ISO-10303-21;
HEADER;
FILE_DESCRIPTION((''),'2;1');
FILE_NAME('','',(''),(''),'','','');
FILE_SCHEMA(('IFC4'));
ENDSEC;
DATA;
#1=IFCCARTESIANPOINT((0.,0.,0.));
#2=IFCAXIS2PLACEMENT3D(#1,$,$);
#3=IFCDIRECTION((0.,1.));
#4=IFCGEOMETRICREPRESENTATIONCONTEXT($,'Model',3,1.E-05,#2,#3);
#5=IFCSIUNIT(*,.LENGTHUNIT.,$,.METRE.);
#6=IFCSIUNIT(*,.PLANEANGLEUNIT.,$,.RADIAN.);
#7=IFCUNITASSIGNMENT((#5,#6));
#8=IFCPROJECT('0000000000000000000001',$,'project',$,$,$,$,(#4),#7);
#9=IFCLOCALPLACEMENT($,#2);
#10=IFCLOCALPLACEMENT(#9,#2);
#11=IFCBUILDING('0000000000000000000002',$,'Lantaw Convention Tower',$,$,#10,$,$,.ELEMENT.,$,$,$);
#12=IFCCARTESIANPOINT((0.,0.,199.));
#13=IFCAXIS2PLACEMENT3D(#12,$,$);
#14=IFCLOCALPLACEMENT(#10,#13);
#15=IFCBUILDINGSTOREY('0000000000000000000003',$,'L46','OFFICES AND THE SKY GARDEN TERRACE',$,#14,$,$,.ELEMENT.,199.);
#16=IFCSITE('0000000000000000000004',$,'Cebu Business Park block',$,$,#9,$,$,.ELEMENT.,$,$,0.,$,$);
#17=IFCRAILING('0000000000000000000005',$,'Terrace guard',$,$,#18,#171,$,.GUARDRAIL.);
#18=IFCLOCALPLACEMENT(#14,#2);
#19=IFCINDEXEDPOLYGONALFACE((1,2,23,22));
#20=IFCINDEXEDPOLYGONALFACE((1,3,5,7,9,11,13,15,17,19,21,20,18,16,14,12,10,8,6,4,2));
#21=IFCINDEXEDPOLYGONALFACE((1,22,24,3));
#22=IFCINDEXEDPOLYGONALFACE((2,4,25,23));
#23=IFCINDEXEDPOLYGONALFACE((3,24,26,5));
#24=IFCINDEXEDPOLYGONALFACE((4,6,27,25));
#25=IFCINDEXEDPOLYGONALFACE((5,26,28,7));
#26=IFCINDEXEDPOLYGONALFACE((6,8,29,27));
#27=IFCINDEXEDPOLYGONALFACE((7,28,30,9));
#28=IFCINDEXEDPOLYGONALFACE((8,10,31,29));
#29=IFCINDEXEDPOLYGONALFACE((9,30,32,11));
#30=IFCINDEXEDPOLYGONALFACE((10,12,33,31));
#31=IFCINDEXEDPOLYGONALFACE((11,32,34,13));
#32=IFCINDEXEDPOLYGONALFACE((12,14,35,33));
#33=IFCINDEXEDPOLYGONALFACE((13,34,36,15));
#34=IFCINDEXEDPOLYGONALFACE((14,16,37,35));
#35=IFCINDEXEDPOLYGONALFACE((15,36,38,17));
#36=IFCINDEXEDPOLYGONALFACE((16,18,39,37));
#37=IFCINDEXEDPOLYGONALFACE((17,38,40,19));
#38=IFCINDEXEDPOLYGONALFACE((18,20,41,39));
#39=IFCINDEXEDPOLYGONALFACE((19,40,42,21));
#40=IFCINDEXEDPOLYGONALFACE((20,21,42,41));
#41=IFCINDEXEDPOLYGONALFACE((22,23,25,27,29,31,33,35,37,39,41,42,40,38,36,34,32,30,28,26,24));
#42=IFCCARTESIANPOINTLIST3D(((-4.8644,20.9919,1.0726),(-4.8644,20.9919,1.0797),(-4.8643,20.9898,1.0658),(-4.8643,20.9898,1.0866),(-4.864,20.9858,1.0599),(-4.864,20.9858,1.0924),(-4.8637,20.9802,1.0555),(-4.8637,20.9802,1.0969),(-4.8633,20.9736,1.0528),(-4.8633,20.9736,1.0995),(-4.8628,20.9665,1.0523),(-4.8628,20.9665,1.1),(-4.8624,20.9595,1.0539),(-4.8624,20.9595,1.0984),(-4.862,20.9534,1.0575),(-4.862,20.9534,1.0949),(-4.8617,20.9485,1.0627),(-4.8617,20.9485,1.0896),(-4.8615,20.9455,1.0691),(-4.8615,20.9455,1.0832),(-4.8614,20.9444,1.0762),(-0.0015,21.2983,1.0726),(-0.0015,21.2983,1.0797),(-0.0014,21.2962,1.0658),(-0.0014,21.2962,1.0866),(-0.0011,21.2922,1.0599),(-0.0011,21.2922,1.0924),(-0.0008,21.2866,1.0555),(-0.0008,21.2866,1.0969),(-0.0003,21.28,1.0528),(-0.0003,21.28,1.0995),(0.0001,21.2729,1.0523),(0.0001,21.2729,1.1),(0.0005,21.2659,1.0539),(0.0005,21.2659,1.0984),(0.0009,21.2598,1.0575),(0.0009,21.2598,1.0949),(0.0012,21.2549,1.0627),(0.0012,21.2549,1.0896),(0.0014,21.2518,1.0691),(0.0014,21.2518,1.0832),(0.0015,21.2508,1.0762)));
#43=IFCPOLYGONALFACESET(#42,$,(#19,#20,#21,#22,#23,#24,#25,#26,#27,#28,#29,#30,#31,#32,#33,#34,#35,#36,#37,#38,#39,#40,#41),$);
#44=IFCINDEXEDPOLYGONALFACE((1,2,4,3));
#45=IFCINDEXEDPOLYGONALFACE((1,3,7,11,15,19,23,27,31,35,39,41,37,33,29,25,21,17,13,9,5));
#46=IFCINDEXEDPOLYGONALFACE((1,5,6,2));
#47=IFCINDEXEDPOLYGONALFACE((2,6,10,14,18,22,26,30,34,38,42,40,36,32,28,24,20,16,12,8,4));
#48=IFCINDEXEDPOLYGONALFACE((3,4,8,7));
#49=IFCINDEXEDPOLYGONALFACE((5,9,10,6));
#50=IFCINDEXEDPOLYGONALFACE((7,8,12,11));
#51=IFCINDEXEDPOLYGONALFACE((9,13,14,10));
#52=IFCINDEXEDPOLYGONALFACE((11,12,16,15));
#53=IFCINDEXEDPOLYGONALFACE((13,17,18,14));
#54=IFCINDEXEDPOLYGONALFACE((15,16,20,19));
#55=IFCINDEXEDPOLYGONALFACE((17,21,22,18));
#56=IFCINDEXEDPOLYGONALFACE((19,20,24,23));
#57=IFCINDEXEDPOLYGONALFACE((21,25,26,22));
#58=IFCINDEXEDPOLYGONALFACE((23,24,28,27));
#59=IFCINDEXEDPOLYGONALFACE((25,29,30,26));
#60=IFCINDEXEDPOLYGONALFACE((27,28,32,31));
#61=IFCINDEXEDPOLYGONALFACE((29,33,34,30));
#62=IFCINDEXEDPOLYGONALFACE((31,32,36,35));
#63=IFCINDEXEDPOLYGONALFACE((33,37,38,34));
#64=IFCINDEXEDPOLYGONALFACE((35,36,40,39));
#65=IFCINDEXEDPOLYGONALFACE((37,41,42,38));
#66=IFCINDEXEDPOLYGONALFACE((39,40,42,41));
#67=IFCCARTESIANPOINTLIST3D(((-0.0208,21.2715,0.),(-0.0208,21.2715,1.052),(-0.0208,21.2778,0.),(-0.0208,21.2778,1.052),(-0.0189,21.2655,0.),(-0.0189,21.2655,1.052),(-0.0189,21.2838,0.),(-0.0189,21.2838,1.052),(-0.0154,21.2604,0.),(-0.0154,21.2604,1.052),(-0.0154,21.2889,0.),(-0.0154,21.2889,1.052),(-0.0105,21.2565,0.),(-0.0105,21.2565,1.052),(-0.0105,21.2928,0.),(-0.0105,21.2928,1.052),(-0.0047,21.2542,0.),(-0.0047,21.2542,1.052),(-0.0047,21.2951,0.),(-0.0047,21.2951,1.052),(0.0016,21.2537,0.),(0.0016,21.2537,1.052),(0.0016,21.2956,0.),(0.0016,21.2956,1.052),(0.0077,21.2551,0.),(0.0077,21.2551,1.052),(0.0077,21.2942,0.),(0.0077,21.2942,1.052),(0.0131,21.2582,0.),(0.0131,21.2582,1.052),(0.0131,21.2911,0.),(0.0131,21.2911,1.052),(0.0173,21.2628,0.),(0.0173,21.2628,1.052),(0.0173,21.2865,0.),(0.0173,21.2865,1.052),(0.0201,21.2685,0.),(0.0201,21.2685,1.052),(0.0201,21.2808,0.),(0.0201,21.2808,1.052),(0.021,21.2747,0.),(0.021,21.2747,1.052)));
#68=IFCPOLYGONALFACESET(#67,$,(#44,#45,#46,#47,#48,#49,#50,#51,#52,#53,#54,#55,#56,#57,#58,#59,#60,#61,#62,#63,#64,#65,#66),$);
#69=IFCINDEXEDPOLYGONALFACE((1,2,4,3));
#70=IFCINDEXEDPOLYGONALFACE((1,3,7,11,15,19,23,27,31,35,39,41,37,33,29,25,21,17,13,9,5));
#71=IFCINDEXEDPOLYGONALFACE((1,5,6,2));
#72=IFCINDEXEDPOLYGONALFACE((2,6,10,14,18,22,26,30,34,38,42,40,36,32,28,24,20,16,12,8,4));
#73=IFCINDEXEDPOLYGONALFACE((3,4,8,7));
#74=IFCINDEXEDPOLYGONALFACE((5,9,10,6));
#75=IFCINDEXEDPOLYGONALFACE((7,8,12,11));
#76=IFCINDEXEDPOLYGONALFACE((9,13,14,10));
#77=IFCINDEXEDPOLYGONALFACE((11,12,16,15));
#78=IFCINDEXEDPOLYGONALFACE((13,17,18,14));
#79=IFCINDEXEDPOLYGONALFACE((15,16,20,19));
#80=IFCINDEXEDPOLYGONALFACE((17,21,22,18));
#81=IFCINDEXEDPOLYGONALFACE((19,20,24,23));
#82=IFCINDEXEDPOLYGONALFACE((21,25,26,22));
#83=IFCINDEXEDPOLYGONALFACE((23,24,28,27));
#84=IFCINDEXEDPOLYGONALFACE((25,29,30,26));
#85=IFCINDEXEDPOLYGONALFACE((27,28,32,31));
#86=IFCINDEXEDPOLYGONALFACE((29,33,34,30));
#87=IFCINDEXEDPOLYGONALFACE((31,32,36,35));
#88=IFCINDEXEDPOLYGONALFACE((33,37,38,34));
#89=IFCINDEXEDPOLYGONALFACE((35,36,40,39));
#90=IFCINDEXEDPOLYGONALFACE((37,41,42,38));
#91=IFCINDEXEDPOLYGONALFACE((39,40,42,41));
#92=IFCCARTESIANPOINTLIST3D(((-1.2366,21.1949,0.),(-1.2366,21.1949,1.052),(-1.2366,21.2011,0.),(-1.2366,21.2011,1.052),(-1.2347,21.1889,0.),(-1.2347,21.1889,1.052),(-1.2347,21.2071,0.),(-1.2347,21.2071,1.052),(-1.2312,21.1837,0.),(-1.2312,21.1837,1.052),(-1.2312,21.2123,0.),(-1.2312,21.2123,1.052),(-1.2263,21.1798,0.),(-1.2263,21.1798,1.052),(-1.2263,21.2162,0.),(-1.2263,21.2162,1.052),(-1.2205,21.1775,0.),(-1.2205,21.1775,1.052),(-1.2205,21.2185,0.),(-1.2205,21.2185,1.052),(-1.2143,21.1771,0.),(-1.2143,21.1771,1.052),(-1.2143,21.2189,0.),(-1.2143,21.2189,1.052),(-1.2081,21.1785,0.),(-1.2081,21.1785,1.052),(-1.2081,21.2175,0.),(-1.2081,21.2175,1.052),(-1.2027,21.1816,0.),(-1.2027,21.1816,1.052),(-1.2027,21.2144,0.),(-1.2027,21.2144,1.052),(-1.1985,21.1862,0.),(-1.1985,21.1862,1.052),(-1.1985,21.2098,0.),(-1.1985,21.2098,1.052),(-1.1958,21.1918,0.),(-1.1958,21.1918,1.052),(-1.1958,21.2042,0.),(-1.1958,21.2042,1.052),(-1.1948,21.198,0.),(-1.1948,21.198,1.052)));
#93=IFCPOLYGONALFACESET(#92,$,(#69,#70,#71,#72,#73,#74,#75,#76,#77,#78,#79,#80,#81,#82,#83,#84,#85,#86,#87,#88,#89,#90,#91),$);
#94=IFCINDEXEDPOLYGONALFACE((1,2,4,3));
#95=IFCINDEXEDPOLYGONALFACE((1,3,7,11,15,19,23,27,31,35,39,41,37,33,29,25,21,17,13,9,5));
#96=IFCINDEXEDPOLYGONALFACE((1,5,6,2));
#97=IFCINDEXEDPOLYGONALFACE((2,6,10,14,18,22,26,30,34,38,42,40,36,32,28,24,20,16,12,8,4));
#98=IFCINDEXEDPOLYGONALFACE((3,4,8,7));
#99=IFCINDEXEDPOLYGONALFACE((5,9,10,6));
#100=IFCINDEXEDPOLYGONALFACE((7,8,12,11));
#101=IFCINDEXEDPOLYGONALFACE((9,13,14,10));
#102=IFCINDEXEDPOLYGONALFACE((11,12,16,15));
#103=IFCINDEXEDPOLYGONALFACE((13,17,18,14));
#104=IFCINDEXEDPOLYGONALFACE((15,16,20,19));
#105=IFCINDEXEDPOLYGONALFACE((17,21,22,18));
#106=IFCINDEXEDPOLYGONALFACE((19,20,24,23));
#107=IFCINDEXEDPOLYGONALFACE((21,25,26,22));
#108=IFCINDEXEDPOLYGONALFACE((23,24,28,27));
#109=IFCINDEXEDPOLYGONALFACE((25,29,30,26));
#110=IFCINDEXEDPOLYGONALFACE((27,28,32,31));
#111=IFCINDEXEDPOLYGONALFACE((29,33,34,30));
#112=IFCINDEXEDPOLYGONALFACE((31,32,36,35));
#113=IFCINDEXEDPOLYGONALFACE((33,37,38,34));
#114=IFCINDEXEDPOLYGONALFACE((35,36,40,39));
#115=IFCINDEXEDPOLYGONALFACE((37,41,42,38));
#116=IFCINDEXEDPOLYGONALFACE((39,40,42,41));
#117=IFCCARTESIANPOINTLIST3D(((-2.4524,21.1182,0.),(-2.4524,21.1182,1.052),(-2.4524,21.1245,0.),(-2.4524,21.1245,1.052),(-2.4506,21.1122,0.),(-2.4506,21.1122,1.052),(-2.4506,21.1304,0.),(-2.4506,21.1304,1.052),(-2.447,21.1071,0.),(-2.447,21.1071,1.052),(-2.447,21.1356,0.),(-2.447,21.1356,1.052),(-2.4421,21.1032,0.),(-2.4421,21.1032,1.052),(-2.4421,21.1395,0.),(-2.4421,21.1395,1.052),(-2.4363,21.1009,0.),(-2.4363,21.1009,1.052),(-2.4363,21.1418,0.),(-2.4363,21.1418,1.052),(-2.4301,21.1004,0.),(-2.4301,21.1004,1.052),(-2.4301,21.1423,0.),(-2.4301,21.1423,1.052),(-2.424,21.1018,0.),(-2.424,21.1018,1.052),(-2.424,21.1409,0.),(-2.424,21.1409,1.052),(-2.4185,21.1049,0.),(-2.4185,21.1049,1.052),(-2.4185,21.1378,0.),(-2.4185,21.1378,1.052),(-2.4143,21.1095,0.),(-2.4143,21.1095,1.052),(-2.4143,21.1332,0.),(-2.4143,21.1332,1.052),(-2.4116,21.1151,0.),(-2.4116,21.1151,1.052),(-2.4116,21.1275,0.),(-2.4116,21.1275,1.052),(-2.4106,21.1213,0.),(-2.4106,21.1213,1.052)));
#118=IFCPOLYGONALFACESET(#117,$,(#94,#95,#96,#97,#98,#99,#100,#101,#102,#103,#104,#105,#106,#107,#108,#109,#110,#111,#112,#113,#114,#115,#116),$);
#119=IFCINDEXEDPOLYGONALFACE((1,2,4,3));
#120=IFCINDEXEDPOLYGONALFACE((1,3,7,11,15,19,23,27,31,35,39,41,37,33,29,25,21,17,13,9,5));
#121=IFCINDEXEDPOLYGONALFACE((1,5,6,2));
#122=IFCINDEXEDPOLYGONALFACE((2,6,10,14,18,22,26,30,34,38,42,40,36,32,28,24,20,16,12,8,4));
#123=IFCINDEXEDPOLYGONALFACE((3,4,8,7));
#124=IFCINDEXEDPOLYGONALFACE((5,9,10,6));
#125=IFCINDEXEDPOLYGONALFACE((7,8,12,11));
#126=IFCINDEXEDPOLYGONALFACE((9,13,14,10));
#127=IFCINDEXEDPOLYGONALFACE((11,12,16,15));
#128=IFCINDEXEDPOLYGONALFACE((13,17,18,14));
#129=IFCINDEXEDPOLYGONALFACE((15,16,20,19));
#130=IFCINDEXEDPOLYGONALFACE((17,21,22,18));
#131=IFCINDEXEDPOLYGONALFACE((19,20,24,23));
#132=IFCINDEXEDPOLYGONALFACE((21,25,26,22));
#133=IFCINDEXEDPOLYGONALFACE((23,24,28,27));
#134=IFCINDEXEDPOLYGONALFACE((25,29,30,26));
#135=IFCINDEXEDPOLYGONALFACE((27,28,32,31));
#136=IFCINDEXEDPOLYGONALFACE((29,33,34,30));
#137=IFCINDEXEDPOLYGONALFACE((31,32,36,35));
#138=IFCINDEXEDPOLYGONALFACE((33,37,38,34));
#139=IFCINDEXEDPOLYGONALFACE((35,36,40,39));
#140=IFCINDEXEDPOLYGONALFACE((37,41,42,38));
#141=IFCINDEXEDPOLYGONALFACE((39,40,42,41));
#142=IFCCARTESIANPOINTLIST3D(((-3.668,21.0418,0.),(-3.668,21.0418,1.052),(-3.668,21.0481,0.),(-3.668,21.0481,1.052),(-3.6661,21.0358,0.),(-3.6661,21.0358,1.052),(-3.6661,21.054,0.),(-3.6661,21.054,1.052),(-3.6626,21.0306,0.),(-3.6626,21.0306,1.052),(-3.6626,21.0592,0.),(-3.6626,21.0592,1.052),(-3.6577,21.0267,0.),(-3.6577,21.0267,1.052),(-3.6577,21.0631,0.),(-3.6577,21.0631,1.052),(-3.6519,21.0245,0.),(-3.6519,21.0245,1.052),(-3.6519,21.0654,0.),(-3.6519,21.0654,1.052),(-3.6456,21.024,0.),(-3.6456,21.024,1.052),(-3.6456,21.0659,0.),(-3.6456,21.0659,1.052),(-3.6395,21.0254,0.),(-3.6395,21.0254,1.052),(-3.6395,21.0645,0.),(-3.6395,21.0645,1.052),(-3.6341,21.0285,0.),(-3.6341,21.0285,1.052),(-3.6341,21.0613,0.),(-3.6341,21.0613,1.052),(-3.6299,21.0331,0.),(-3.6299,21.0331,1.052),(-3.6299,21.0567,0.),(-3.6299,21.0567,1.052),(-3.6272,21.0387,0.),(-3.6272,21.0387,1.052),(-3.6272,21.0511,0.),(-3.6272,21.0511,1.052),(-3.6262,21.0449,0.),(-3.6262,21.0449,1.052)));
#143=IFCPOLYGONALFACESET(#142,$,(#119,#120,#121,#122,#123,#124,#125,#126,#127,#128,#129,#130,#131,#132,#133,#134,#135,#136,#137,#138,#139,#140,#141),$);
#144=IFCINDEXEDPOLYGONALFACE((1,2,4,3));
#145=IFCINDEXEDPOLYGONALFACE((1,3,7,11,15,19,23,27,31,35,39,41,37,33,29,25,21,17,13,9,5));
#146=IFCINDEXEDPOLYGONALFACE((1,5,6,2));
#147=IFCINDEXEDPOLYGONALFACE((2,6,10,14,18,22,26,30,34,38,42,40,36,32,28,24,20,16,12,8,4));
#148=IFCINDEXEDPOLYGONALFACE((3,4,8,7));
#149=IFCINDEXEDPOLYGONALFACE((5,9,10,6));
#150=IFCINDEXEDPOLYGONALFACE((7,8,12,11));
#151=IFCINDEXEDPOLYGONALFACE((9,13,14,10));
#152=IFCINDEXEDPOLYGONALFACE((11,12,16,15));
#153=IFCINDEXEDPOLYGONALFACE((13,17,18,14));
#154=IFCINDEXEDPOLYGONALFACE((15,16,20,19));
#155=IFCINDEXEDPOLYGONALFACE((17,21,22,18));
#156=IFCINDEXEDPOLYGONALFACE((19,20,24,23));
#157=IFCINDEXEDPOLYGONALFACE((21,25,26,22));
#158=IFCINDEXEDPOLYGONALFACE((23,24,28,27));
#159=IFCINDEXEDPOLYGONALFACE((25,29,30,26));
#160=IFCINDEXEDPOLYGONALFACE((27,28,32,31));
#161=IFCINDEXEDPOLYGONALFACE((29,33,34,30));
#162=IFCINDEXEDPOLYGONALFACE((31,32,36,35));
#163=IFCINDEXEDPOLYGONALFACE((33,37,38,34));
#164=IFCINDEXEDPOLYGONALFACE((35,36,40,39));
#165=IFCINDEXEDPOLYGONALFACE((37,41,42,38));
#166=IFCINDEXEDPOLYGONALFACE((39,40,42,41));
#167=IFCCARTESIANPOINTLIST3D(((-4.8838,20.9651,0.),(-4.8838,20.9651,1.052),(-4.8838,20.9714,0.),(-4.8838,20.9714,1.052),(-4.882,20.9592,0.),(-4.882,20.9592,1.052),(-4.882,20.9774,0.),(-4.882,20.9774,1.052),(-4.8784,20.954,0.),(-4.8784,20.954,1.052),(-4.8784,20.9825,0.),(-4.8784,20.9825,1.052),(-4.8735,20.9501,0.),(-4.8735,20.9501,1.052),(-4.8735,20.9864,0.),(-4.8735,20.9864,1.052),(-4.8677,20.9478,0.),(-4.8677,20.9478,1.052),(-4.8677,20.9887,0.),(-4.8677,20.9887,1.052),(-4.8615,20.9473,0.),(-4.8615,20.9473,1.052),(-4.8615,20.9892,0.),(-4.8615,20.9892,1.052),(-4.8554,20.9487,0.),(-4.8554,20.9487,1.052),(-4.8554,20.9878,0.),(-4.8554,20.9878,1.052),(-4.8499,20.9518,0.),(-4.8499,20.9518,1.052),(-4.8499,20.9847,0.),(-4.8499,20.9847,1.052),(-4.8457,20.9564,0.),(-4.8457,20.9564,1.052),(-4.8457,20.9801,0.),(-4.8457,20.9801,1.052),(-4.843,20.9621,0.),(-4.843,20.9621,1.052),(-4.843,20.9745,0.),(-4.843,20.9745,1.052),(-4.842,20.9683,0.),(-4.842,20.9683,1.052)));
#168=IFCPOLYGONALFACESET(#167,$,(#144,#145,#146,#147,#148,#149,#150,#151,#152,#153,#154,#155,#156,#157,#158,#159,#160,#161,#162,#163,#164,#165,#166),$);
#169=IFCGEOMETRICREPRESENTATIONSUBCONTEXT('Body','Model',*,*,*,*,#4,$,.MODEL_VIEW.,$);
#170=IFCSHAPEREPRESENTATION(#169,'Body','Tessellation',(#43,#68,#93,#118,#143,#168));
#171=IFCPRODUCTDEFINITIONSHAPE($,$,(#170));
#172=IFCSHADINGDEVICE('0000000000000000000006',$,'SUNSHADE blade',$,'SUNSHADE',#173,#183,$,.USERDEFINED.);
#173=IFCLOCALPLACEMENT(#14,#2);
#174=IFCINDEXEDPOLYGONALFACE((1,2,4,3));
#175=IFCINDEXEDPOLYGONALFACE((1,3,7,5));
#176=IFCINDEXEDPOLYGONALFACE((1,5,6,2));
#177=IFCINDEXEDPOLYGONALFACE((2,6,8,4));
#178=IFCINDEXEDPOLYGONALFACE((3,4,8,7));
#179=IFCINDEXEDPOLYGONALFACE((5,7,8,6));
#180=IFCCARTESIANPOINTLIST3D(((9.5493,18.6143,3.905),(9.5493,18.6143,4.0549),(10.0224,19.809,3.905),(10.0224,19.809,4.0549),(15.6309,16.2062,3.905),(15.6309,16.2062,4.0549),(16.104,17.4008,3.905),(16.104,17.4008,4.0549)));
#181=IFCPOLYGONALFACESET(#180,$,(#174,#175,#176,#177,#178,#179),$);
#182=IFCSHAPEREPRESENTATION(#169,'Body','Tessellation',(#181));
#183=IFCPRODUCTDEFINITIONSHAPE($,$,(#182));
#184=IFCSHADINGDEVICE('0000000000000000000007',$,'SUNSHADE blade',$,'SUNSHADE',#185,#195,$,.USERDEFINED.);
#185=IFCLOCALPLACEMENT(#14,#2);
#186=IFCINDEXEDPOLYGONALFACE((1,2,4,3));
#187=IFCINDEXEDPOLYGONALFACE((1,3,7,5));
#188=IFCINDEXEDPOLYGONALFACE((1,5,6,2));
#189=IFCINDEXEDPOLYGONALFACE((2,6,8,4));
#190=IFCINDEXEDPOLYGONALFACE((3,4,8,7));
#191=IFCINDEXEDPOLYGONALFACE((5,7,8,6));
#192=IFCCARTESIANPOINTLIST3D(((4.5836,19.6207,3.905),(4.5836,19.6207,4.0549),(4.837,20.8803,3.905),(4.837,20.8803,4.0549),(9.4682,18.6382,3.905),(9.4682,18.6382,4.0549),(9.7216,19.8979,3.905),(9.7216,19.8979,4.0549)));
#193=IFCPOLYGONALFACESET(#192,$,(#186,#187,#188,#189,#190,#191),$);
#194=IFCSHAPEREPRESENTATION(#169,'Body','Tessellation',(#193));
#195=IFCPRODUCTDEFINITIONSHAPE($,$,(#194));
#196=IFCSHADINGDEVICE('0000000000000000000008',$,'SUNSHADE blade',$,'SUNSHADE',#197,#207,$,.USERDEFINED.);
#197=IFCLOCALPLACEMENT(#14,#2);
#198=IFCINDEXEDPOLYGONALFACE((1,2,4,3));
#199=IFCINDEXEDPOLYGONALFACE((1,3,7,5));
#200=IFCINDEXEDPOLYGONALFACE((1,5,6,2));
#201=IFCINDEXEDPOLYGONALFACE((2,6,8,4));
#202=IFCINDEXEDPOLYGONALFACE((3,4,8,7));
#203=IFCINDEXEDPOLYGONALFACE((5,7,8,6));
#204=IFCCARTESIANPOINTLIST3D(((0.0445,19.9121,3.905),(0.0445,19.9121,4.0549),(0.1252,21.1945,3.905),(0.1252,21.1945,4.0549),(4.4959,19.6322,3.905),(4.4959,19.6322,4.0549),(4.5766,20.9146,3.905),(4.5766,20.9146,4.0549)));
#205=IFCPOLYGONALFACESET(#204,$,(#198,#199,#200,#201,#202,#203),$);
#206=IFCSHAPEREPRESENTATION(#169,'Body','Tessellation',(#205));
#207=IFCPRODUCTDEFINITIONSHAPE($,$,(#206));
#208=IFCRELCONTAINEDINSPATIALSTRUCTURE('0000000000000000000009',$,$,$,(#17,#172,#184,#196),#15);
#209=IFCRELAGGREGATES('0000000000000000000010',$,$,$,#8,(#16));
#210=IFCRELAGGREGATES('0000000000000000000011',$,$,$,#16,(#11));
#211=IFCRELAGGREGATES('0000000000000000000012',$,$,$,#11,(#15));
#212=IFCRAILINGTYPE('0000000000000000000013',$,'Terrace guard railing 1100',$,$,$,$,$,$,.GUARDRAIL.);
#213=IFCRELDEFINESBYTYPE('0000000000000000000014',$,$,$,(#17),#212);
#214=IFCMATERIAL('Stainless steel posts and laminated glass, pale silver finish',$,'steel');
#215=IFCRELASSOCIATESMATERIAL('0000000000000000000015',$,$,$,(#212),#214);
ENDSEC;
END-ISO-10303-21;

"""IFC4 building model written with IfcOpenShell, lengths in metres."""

from ifc_helpers import new_model, si_unit, direction, frame, origin, origin_2d, place, context, subcontext, project, spatial, rectangle, circle, extrude, material, type_object, element, save


model = new_model("IFC4")

# Units and contexts
model_context = context("Model", 3, precision=1e-05, world=origin(), true_north=direction((0.0, 1.0)))
body_context = subcontext(model_context, "Body", "Model", "MODEL_VIEW")
ifc_project = project(units=[si_unit("LENGTHUNIT", "METRE"), si_unit("PLANEANGLEUNIT", "RADIAN")], contexts=[model_context])

# Site, building, storey
site_placement = place(None, origin())
site = spatial("IfcSite", under=ifc_project, at=site_placement, Name="Cebu Business Park block", CompositionType="ELEMENT", RefElevation=0.0)
building_placement = place(site_placement, origin())
building = spatial("IfcBuilding", under=site, at=building_placement, Name="Lantaw Convention Tower", CompositionType="ELEMENT")
storey_placement = place(building_placement, frame((0.0, 0.0, 199.0)))
storey = spatial("IfcBuildingStorey", under=building, at=storey_placement, Name="L46", Description="OFFICES AND THE SKY GARDEN TERRACE", CompositionType="ELEMENT", Elevation=199.0)

# Railing
ifc_material_1 = material(Name="Stainless steel posts and laminated glass, pale silver finish", Category="steel")
railing_type = type_object("IfcRailingType", Name="Terrace guard railing 1100", PredefinedType="GUARDRAIL", material=ifc_material_1)
railing_1_placement = place(storey_placement, frame((0.0, 21.2747, 0.0)))
element("IfcRailing", 1, at=railing_1_placement, inside=storey, type_object=railing_type, Name="Terrace guard", PredefinedType="GUARDRAIL", context=body_context, shape_type="SweptSolid", body=[
    extrude(circle(Radius=0.0239, at=origin_2d()), frame((0.0, 0.0, 1.0762), z_axis=(-0.998021, -0.06288, 0.0), x_axis=(0.06288, -0.998021, 0.0)), (0.0, 0.0, 1.0), 4.8726),
    extrude(circle(Radius=0.021, at=origin_2d()), origin(), (0.0, 0.0, 1.0), 1.052),
    extrude(circle(Radius=0.021, at=origin_2d()), frame((-1.2158, -0.0767, 0.0)), (0.0, 0.0, 1.0), 1.052),
    extrude(circle(Radius=0.021, at=origin_2d()), frame((-2.4316, -0.1533, 0.0)), (0.0, 0.0, 1.0), 1.052),
    extrude(circle(Radius=0.021, at=origin_2d()), frame((-3.6472, -0.2297, 0.0)), (0.0, 0.0, 1.0), 1.052),
    extrude(circle(Radius=0.021, at=origin_2d()), frame((-4.863, -0.3064, 0.0)), (0.0, 0.0, 1.0), 1.052),
])

# Shading devices
shading_device_1_placement = place(storey_placement, frame((12.8267, 18.0076, 3.905), z_axis=(0.0, 0.0, 1.0), x_axis=(-0.929762, 0.368162, 0.0)))
element("IfcShadingDevice", 2, at=shading_device_1_placement, inside=storey, Name="SUNSHADE blade", ObjectType="SUNSHADE", PredefinedType="USERDEFINED", context=body_context, shape_type="SweptSolid", body=[
    extrude(rectangle(XDim=6.541, YDim=1.2849, at=origin_2d()), origin(), (0.0, 0.0, 1.0), 0.1499),
])
shading_device_2_placement = place(storey_placement, frame((7.1526, 19.7593, 3.905), z_axis=(0.0, 0.0, 1.0), x_axis=(-0.980367, 0.197183, 0.0)))
element("IfcShadingDevice", 3, at=shading_device_2_placement, inside=storey, Name="SUNSHADE blade", ObjectType="SUNSHADE", PredefinedType="USERDEFINED", context=body_context, shape_type="SweptSolid", body=[
    extrude(rectangle(XDim=4.9824, YDim=1.2849, at=origin_2d()), origin(), (0.0, 0.0, 1.0), 0.1499),
])
shading_device_3_placement = place(storey_placement, frame((2.3105, 20.4133, 3.905), z_axis=(0.0, 0.0, 1.0), x_axis=(-0.998029, 0.062758, 0.0)))
element("IfcShadingDevice", 4, at=shading_device_3_placement, inside=storey, Name="SUNSHADE blade", ObjectType="SUNSHADE", PredefinedType="USERDEFINED", context=body_context, shape_type="SweptSolid", body=[
    extrude(rectangle(XDim=4.4602, YDim=1.2849, at=origin_2d()), origin(), (0.0, 0.0, 1.0), 0.1499),
])

save(model, "model.ifc")
